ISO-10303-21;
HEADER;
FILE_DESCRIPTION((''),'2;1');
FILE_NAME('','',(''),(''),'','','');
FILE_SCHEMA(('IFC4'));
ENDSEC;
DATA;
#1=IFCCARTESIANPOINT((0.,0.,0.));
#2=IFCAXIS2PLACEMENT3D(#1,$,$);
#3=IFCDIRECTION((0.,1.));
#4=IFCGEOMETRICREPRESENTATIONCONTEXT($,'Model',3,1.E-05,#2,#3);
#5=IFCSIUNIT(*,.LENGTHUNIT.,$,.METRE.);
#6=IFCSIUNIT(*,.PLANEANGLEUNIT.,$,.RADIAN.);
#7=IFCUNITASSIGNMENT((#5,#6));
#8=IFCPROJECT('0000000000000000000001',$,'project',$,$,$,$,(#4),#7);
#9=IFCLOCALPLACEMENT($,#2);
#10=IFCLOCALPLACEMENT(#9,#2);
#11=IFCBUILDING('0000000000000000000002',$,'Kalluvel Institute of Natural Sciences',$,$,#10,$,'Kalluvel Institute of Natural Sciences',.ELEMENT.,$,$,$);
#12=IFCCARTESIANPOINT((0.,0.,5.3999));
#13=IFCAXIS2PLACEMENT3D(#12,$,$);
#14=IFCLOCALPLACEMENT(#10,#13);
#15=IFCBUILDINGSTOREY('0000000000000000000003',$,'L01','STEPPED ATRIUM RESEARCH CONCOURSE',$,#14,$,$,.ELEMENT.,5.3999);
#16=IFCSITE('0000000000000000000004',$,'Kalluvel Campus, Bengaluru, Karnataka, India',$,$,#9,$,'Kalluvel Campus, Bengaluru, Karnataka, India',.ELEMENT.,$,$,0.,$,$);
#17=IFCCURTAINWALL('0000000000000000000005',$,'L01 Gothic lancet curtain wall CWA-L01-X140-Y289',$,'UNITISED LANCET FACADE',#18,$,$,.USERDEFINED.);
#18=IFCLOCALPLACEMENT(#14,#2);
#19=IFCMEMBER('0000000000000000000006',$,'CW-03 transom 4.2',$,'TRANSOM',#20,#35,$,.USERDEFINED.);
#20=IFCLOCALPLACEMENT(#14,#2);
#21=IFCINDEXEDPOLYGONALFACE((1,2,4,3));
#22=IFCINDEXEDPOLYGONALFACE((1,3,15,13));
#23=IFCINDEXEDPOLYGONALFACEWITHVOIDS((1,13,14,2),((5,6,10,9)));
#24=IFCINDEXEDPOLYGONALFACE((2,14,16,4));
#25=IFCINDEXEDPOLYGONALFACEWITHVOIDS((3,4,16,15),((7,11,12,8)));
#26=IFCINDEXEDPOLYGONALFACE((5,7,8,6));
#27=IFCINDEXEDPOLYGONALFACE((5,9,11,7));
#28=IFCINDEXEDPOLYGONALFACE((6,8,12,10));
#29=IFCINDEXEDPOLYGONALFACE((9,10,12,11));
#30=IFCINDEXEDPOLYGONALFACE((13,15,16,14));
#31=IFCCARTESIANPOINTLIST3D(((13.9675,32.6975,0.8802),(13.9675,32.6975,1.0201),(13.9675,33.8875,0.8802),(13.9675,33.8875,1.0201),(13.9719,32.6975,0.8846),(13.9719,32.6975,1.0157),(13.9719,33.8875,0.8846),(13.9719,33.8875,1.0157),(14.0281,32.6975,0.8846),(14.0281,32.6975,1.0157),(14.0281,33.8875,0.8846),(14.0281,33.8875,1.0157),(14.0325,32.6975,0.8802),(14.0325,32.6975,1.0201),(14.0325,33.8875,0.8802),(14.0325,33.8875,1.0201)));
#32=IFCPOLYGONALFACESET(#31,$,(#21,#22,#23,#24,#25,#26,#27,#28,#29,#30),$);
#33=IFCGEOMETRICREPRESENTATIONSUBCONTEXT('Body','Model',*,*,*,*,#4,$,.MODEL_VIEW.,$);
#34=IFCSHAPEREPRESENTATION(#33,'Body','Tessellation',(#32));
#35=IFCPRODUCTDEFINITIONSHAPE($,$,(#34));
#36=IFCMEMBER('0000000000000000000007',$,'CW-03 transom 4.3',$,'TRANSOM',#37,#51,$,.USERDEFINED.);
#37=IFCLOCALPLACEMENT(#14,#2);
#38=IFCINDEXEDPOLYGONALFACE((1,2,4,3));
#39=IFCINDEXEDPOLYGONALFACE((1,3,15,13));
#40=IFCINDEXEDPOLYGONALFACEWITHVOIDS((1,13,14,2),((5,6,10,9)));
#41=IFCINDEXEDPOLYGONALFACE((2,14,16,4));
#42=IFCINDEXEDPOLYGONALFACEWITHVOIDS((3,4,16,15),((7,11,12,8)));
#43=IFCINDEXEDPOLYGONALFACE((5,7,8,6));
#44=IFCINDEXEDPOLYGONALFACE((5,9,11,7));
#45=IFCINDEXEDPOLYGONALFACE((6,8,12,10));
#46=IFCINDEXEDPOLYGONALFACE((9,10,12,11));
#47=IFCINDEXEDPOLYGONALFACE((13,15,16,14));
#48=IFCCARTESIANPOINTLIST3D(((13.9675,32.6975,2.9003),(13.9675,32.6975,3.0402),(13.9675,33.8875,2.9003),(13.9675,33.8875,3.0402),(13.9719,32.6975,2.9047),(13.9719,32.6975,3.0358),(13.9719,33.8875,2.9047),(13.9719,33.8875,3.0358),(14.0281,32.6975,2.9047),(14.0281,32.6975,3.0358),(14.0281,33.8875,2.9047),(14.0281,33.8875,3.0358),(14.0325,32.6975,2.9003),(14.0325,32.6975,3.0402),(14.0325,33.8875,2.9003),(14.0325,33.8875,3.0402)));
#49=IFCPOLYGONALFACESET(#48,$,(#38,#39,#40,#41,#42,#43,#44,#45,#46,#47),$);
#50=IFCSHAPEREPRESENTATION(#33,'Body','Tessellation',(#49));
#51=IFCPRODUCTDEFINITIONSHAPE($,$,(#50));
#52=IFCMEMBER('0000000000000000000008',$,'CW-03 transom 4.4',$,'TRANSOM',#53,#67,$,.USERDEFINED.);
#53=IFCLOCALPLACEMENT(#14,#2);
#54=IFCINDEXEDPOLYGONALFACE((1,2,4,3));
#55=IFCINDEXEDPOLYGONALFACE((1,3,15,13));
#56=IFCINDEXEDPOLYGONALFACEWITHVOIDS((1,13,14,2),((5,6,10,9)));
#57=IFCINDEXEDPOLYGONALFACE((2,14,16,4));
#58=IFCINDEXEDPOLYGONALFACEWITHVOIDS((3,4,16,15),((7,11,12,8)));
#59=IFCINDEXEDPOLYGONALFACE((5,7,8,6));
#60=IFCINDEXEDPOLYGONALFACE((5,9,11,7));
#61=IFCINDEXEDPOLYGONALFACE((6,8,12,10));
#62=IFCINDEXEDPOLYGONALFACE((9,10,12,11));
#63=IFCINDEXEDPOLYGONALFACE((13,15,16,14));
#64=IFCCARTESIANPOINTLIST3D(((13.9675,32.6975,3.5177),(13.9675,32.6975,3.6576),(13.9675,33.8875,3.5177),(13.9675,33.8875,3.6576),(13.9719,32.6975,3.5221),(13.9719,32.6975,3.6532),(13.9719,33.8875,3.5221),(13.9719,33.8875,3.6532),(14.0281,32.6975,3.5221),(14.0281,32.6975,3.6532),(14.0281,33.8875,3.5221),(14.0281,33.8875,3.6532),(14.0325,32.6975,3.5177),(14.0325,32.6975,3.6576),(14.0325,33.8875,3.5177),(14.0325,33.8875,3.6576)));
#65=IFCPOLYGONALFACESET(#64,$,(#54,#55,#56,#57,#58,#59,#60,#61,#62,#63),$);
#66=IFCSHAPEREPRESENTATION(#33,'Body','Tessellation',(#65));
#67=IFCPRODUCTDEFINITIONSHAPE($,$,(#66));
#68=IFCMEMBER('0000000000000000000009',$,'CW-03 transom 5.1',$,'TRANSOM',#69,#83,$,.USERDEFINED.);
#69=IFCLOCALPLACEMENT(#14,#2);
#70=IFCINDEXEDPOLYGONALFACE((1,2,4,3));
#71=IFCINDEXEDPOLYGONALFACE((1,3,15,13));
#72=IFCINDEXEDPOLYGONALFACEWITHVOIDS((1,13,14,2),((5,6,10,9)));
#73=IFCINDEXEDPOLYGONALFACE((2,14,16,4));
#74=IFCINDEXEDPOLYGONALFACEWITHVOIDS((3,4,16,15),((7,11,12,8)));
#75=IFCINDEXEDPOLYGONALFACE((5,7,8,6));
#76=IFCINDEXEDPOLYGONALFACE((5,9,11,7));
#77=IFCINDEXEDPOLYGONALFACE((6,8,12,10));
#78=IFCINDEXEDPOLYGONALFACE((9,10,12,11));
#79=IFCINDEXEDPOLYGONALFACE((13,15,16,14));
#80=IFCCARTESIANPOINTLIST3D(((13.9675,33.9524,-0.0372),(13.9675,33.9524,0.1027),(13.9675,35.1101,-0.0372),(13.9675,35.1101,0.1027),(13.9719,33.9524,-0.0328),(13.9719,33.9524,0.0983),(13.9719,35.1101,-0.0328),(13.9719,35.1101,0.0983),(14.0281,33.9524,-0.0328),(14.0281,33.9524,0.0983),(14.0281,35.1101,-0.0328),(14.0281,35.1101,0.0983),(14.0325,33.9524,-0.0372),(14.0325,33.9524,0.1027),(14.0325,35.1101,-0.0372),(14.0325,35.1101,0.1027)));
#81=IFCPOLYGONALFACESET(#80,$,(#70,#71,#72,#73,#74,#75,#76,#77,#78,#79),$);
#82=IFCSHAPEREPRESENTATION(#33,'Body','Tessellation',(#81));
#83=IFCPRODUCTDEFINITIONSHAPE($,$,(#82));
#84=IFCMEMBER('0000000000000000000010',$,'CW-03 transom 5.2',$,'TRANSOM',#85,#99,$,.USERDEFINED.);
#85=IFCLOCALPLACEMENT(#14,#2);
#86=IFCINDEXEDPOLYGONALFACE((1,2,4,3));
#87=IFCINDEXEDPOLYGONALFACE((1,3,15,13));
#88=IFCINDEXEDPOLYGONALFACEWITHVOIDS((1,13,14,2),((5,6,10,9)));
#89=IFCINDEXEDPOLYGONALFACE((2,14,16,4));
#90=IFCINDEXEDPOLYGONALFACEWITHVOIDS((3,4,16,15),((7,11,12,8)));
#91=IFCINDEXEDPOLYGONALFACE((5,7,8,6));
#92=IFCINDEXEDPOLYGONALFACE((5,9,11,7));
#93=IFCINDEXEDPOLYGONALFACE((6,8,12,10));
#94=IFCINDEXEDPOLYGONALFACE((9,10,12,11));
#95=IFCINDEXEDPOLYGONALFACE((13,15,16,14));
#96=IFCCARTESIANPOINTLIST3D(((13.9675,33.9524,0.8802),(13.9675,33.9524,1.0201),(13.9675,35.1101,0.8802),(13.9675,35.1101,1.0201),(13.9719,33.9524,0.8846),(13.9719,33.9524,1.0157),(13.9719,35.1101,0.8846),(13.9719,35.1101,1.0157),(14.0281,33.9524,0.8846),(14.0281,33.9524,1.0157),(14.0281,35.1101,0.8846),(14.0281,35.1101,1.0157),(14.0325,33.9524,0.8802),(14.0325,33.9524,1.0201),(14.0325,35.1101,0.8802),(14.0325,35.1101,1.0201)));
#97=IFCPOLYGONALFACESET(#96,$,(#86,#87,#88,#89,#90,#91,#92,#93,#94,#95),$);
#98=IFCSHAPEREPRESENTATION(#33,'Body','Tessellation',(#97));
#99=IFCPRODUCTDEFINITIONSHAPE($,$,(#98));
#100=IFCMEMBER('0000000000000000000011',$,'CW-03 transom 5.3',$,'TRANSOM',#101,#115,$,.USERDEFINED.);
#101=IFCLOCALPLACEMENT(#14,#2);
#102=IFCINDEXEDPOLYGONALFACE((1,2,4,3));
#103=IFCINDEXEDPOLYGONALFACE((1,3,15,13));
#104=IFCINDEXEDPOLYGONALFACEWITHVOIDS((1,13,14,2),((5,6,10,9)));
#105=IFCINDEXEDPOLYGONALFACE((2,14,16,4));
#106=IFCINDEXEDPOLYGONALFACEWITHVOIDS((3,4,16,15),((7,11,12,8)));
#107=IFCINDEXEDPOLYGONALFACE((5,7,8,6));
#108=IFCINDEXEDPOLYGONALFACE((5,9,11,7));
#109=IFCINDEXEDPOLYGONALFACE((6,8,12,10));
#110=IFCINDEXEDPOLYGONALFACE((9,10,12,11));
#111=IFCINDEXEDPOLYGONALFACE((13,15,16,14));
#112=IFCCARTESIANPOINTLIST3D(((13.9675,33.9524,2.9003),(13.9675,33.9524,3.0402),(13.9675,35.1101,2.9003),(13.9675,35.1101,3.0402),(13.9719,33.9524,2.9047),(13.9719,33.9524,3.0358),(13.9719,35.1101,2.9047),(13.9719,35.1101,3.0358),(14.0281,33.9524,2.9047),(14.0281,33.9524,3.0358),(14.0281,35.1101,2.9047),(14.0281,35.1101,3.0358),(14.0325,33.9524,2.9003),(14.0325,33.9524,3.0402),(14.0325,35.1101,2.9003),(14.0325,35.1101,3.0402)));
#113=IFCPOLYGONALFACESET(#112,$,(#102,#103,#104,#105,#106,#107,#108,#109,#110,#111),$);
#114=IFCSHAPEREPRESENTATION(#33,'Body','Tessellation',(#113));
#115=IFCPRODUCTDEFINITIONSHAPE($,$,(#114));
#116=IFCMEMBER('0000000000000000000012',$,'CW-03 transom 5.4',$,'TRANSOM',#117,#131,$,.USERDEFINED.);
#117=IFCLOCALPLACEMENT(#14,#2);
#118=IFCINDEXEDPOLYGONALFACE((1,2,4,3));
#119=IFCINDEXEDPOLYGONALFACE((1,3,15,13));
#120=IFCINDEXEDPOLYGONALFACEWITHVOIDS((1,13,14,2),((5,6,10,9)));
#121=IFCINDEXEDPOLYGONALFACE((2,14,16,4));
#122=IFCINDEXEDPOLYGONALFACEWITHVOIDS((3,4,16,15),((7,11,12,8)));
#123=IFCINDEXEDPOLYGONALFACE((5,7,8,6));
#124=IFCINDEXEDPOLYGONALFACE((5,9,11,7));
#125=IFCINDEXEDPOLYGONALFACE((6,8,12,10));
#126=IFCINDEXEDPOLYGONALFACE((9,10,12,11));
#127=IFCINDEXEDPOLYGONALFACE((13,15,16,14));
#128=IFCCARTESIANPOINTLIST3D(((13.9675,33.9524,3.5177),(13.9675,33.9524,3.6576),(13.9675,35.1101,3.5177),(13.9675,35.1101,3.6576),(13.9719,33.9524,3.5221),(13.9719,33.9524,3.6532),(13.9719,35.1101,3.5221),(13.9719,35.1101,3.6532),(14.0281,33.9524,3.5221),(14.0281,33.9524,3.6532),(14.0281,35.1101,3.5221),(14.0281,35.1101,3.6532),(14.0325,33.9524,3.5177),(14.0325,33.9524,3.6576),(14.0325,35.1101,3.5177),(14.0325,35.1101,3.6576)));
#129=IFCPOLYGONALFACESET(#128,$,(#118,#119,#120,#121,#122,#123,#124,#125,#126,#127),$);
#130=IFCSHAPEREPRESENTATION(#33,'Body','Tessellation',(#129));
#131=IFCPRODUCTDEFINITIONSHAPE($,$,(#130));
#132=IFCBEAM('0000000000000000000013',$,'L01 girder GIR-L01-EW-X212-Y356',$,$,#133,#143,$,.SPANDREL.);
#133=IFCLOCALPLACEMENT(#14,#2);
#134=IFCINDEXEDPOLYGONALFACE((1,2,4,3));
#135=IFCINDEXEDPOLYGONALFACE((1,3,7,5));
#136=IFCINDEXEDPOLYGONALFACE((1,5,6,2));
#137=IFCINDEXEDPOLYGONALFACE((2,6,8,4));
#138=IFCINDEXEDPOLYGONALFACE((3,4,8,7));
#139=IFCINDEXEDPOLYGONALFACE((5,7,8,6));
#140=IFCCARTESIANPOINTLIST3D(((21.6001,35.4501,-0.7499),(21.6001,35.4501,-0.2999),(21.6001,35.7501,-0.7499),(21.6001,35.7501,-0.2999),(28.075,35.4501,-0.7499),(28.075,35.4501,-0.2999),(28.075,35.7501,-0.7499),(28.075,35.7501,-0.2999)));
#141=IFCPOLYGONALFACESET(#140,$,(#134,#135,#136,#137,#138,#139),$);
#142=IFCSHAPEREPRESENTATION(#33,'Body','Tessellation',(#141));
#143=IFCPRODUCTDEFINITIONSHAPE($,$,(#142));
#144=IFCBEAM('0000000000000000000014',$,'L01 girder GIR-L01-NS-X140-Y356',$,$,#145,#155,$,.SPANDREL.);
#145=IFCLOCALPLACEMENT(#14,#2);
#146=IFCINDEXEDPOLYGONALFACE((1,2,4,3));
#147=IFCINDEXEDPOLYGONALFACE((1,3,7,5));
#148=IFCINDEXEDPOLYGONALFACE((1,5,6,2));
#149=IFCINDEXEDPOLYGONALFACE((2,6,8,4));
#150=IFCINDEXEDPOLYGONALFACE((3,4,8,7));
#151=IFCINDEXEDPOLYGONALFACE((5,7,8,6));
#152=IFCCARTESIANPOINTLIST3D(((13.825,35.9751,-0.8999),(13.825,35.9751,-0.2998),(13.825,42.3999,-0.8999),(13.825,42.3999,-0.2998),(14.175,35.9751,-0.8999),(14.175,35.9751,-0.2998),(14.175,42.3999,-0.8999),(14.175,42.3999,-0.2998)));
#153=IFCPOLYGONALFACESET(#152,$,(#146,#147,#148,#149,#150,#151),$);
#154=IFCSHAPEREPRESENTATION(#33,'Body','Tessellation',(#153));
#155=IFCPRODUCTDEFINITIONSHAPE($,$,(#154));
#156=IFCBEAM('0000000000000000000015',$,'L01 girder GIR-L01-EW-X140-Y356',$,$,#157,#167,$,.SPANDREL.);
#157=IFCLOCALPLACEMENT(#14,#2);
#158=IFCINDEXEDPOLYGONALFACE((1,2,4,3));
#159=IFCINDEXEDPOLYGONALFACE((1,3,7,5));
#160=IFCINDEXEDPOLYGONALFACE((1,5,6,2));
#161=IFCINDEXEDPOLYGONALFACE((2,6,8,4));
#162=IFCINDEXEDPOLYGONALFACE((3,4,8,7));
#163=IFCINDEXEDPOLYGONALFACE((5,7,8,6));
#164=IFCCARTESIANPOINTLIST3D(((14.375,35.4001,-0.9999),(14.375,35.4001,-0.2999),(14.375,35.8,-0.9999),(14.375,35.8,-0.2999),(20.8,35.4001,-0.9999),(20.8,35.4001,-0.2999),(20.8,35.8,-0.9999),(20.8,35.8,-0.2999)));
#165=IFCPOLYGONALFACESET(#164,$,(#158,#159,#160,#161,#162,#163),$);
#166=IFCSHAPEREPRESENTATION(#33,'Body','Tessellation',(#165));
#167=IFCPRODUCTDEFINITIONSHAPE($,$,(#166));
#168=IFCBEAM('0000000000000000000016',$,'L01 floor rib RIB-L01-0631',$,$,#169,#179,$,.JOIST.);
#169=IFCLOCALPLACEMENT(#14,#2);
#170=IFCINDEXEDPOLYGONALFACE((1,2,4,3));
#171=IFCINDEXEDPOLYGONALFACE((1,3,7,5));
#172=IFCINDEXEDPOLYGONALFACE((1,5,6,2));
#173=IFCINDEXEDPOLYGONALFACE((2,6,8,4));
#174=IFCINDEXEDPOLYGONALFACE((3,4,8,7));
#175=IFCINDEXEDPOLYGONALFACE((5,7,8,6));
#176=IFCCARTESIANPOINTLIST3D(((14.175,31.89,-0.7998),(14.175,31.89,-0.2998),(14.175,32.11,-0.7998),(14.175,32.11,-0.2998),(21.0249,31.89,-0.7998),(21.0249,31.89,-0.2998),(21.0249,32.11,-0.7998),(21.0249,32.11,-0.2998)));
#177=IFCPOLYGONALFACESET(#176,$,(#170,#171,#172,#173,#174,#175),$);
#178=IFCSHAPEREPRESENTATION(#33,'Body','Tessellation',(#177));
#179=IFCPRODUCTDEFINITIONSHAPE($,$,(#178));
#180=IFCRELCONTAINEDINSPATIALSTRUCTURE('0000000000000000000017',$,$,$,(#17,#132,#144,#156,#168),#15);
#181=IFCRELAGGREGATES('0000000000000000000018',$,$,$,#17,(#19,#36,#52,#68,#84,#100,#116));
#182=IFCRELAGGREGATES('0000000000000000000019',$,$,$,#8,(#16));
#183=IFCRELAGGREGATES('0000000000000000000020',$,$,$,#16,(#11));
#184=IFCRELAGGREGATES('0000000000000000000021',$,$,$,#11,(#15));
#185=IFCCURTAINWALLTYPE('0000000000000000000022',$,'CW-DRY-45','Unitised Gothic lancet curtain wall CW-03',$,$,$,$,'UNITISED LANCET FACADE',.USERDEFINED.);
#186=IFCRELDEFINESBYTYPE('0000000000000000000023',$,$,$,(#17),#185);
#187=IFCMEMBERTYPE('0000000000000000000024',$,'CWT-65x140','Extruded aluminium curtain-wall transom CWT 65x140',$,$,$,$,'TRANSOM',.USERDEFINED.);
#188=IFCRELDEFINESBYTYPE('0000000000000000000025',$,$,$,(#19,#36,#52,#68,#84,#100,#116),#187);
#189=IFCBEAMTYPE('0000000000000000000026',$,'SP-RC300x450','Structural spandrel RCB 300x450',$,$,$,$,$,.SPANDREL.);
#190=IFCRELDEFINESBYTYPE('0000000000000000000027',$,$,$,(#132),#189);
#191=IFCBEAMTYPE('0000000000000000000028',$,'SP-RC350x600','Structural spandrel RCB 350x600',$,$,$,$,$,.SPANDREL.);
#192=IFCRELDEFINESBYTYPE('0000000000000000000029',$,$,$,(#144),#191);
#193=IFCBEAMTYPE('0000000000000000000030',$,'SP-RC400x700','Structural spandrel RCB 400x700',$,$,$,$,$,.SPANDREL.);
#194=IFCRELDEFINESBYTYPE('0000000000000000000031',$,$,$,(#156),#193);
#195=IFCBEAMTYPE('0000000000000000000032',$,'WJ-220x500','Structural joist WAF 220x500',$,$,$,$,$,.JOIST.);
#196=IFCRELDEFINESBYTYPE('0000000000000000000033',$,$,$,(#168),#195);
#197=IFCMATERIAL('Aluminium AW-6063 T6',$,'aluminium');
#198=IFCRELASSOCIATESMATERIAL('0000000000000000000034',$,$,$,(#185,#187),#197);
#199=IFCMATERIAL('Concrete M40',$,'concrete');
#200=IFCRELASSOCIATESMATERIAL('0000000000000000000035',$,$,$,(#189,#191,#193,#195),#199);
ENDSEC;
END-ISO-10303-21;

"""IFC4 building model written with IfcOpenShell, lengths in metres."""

from ifc_helpers import new_model, si_unit, direction, frame, origin, origin_2d, place, context, subcontext, project, spatial, rectangle, hollow_rectangle, extrude, material, material_profile, profile_set, type_object, element, aggregate, save


model = new_model("IFC4")

# Units and contexts
model_context = context("Model", 3, precision=1e-05, world=origin(), true_north=direction((0.0, 1.0)))
body_context = subcontext(model_context, "Body", "Model", "MODEL_VIEW")
ifc_project = project(units=[si_unit("LENGTHUNIT", "METRE"), si_unit("PLANEANGLEUNIT", "RADIAN")], contexts=[model_context])

# Site, building, storey
site_placement = place(None, origin())
site = spatial("IfcSite", under=ifc_project, at=site_placement, Name="Kalluvel Campus, Bengaluru, Karnataka, India", LongName="Kalluvel Campus, Bengaluru, Karnataka, India", CompositionType="ELEMENT", RefElevation=0.0)
building_placement = place(site_placement, origin())
building = spatial("IfcBuilding", under=site, at=building_placement, Name="Kalluvel Institute of Natural Sciences", LongName="Kalluvel Institute of Natural Sciences", CompositionType="ELEMENT")
storey_placement = place(building_placement, frame((0.0, 0.0, 5.3999)))
storey = spatial("IfcBuildingStorey", under=building, at=storey_placement, Name="L01", Description="STEPPED ATRIUM RESEARCH CONCOURSE", CompositionType="ELEMENT", Elevation=5.3999)

# Curtain wall, members
ifc_material_1 = material(Name="Aluminium AW-6063 T6", Category="aluminium")
curtain_wall_type = type_object("IfcCurtainWallType", Name="CW-DRY-45", Description="Unitised Gothic lancet curtain wall CW-03", ElementType="UNITISED LANCET FACADE", PredefinedType="USERDEFINED", material=ifc_material_1)
curtain_wall_placement = place(storey_placement, origin())
curtain_wall = element("IfcCurtainWall", 1, at=curtain_wall_placement, inside=storey, type_object=curtain_wall_type, Name="L01 Gothic lancet curtain wall CWA-L01-X140-Y289", ObjectType="UNITISED LANCET FACADE", PredefinedType="USERDEFINED")
ifc_material_profile_1 = material_profile(ifc_material_1, hollow_rectangle(XDim=0.0649, YDim=0.1399, WallThickness=0.0044, at=origin_2d()), Name="CWT 65x140")
ifc_profile_set_1 = profile_set([ifc_material_profile_1], Name="Aluminium AW-6063 T6")
member_type_1 = type_object("IfcMemberType", Name="CWT-65x140", Description="Extruded aluminium curtain-wall transom CWT 65x140", ElementType="TRANSOM", PredefinedType="USERDEFINED", material=ifc_profile_set_1)
member_1_placement = place(storey_placement, frame((14.0, 32.6975, 0.9502), z_axis=(0.0, 1.0, 0.0), x_axis=(-1.0, 0.0, 0.0)))
member_1 = element("IfcMember", 2, at=member_1_placement, type_object=member_type_1, Name="CW-03 transom 4.2", ObjectType="TRANSOM", PredefinedType="USERDEFINED", context=body_context, shape_type="SweptSolid", body=[
    extrude(hollow_rectangle(XDim=0.0649, YDim=0.1399, WallThickness=0.0044, at=origin_2d()), origin(), (0.0, 0.0, 1.0), 1.1899),
])
member_2_placement = place(storey_placement, frame((14.0, 32.6975, 2.9702), z_axis=(0.0, 1.0, 0.0), x_axis=(-1.0, 0.0, 0.0)))
member_2 = element("IfcMember", 3, at=member_2_placement, type_object=member_type_1, Name="CW-03 transom 4.3", ObjectType="TRANSOM", PredefinedType="USERDEFINED", context=body_context, shape_type="SweptSolid", body=[
    extrude(hollow_rectangle(XDim=0.0649, YDim=0.1399, WallThickness=0.0044, at=origin_2d()), origin(), (0.0, 0.0, 1.0), 1.1899),
])
member_3_placement = place(storey_placement, frame((14.0, 32.6975, 3.5876), z_axis=(0.0, 1.0, 0.0), x_axis=(-1.0, 0.0, 0.0)))
member_3 = element("IfcMember", 4, at=member_3_placement, type_object=member_type_1, Name="CW-03 transom 4.4", ObjectType="TRANSOM", PredefinedType="USERDEFINED", context=body_context, shape_type="SweptSolid", body=[
    extrude(hollow_rectangle(XDim=0.0649, YDim=0.1399, WallThickness=0.0044, at=origin_2d()), origin(), (0.0, 0.0, 1.0), 1.1899),
])
member_4_placement = place(storey_placement, frame((14.0, 33.9524, 0.0327), z_axis=(0.0, 1.0, 0.0), x_axis=(-1.0, 0.0, 0.0)))
member_4 = element("IfcMember", 5, at=member_4_placement, type_object=member_type_1, Name="CW-03 transom 5.1", ObjectType="TRANSOM", PredefinedType="USERDEFINED", context=body_context, shape_type="SweptSolid", body=[
    extrude(hollow_rectangle(XDim=0.0649, YDim=0.1399, WallThickness=0.0044, at=origin_2d()), origin(), (0.0, 0.0, 1.0), 1.1577),
])
member_5_placement = place(storey_placement, frame((14.0, 33.9524, 0.9502), z_axis=(0.0, 1.0, 0.0), x_axis=(-1.0, 0.0, 0.0)))
member_5 = element("IfcMember", 6, at=member_5_placement, type_object=member_type_1, Name="CW-03 transom 5.2", ObjectType="TRANSOM", PredefinedType="USERDEFINED", context=body_context, shape_type="SweptSolid", body=[
    extrude(hollow_rectangle(XDim=0.0649, YDim=0.1399, WallThickness=0.0044, at=origin_2d()), origin(), (0.0, 0.0, 1.0), 1.1577),
])
member_6_placement = place(storey_placement, frame((14.0, 33.9524, 2.9702), z_axis=(0.0, 1.0, 0.0), x_axis=(-1.0, 0.0, 0.0)))
member_6 = element("IfcMember", 7, at=member_6_placement, type_object=member_type_1, Name="CW-03 transom 5.3", ObjectType="TRANSOM", PredefinedType="USERDEFINED", context=body_context, shape_type="SweptSolid", body=[
    extrude(hollow_rectangle(XDim=0.0649, YDim=0.1399, WallThickness=0.0044, at=origin_2d()), origin(), (0.0, 0.0, 1.0), 1.1577),
])
member_7_placement = place(storey_placement, frame((14.0, 33.9524, 3.5876), z_axis=(0.0, 1.0, 0.0), x_axis=(-1.0, 0.0, 0.0)))
member_7 = element("IfcMember", 8, at=member_7_placement, type_object=member_type_1, Name="CW-03 transom 5.4", ObjectType="TRANSOM", PredefinedType="USERDEFINED", context=body_context, shape_type="SweptSolid", body=[
    extrude(hollow_rectangle(XDim=0.0649, YDim=0.1399, WallThickness=0.0044, at=origin_2d()), origin(), (0.0, 0.0, 1.0), 1.1577),
])

# Beams
ifc_material_2 = material(Name="Concrete M40", Category="concrete")
ifc_material_profile_2 = material_profile(ifc_material_2, rectangle(XDim=0.3, YDim=0.45, at=origin_2d()), Name="RCB 300x450")
ifc_profile_set_2 = profile_set([ifc_material_profile_2], Name="Concrete M40")
beam_type_1 = type_object("IfcBeamType", Name="SP-RC300x450", Description="Structural spandrel RCB 300x450", PredefinedType="SPANDREL", material=ifc_profile_set_2)
beam_1_placement = place(storey_placement, frame((21.6001, 35.6001, -0.5249), z_axis=(1.0, 0.0, 0.0), x_axis=(0.0, 1.0, 0.0)))
element("IfcBeam", 9, at=beam_1_placement, inside=storey, type_object=beam_type_1, Name="L01 girder GIR-L01-EW-X212-Y356", PredefinedType="SPANDREL", context=body_context, shape_type="SweptSolid", body=[
    extrude(rectangle(XDim=0.3, YDim=0.45, at=origin_2d()), origin(), (0.0, 0.0, 1.0), 6.4749),
])
ifc_material_profile_3 = material_profile(ifc_material_2, rectangle(XDim=0.3501, YDim=0.6001, at=origin_2d()), Name="RCB 350x600")
ifc_profile_set_3 = profile_set([ifc_material_profile_3], Name="Concrete M40")
beam_type_2 = type_object("IfcBeamType", Name="SP-RC350x600", Description="Structural spandrel RCB 350x600", PredefinedType="SPANDREL", material=ifc_profile_set_3)
beam_2_placement = place(storey_placement, frame((14.0, 35.9751, -0.5999), z_axis=(0.0, 1.0, 0.0), x_axis=(-1.0, 0.0, 0.0)))
element("IfcBeam", 10, at=beam_2_placement, inside=storey, type_object=beam_type_2, Name="L01 girder GIR-L01-NS-X140-Y356", PredefinedType="SPANDREL", context=body_context, shape_type="SweptSolid", body=[
    extrude(rectangle(XDim=0.3501, YDim=0.6001, at=origin_2d()), origin(), (0.0, 0.0, 1.0), 6.4248),
])
ifc_material_profile_4 = material_profile(ifc_material_2, rectangle(XDim=0.3999, YDim=0.7, at=origin_2d()), Name="RCB 400x700")
ifc_profile_set_4 = profile_set([ifc_material_profile_4], Name="Concrete M40")
beam_type_3 = type_object("IfcBeamType", Name="SP-RC400x700", Description="Structural spandrel RCB 400x700", PredefinedType="SPANDREL", material=ifc_profile_set_4)
beam_3_placement = place(storey_placement, frame((14.375, 35.6001, -0.6499), z_axis=(1.0, 0.0, 0.0), x_axis=(0.0, 1.0, 0.0)))
element("IfcBeam", 11, at=beam_3_placement, inside=storey, type_object=beam_type_3, Name="L01 girder GIR-L01-EW-X140-Y356", PredefinedType="SPANDREL", context=body_context, shape_type="SweptSolid", body=[
    extrude(rectangle(XDim=0.3999, YDim=0.7, at=origin_2d()), origin(), (0.0, 0.0, 1.0), 6.425),
])
ifc_material_profile_5 = material_profile(ifc_material_2, rectangle(XDim=0.22, YDim=0.5, at=origin_2d()), Name="WAF 220x500")
ifc_profile_set_5 = profile_set([ifc_material_profile_5], Name="Concrete M40")
beam_type_4 = type_object("IfcBeamType", Name="WJ-220x500", Description="Structural joist WAF 220x500", PredefinedType="JOIST", material=ifc_profile_set_5)
beam_4_placement = place(storey_placement, frame((14.175, 32.0, -0.5498), z_axis=(1.0, 0.0, 0.0), x_axis=(0.0, 1.0, 0.0)))
element("IfcBeam", 12, at=beam_4_placement, inside=storey, type_object=beam_type_4, Name="L01 floor rib RIB-L01-0631", PredefinedType="JOIST", context=body_context, shape_type="SweptSolid", body=[
    extrude(rectangle(XDim=0.22, YDim=0.5, at=origin_2d()), origin(), (0.0, 0.0, 1.0), 6.8499),
])

aggregate(curtain_wall, [member_1, member_2, member_3, member_4, member_5, member_6, member_7])

save(model, "model.ifc")
